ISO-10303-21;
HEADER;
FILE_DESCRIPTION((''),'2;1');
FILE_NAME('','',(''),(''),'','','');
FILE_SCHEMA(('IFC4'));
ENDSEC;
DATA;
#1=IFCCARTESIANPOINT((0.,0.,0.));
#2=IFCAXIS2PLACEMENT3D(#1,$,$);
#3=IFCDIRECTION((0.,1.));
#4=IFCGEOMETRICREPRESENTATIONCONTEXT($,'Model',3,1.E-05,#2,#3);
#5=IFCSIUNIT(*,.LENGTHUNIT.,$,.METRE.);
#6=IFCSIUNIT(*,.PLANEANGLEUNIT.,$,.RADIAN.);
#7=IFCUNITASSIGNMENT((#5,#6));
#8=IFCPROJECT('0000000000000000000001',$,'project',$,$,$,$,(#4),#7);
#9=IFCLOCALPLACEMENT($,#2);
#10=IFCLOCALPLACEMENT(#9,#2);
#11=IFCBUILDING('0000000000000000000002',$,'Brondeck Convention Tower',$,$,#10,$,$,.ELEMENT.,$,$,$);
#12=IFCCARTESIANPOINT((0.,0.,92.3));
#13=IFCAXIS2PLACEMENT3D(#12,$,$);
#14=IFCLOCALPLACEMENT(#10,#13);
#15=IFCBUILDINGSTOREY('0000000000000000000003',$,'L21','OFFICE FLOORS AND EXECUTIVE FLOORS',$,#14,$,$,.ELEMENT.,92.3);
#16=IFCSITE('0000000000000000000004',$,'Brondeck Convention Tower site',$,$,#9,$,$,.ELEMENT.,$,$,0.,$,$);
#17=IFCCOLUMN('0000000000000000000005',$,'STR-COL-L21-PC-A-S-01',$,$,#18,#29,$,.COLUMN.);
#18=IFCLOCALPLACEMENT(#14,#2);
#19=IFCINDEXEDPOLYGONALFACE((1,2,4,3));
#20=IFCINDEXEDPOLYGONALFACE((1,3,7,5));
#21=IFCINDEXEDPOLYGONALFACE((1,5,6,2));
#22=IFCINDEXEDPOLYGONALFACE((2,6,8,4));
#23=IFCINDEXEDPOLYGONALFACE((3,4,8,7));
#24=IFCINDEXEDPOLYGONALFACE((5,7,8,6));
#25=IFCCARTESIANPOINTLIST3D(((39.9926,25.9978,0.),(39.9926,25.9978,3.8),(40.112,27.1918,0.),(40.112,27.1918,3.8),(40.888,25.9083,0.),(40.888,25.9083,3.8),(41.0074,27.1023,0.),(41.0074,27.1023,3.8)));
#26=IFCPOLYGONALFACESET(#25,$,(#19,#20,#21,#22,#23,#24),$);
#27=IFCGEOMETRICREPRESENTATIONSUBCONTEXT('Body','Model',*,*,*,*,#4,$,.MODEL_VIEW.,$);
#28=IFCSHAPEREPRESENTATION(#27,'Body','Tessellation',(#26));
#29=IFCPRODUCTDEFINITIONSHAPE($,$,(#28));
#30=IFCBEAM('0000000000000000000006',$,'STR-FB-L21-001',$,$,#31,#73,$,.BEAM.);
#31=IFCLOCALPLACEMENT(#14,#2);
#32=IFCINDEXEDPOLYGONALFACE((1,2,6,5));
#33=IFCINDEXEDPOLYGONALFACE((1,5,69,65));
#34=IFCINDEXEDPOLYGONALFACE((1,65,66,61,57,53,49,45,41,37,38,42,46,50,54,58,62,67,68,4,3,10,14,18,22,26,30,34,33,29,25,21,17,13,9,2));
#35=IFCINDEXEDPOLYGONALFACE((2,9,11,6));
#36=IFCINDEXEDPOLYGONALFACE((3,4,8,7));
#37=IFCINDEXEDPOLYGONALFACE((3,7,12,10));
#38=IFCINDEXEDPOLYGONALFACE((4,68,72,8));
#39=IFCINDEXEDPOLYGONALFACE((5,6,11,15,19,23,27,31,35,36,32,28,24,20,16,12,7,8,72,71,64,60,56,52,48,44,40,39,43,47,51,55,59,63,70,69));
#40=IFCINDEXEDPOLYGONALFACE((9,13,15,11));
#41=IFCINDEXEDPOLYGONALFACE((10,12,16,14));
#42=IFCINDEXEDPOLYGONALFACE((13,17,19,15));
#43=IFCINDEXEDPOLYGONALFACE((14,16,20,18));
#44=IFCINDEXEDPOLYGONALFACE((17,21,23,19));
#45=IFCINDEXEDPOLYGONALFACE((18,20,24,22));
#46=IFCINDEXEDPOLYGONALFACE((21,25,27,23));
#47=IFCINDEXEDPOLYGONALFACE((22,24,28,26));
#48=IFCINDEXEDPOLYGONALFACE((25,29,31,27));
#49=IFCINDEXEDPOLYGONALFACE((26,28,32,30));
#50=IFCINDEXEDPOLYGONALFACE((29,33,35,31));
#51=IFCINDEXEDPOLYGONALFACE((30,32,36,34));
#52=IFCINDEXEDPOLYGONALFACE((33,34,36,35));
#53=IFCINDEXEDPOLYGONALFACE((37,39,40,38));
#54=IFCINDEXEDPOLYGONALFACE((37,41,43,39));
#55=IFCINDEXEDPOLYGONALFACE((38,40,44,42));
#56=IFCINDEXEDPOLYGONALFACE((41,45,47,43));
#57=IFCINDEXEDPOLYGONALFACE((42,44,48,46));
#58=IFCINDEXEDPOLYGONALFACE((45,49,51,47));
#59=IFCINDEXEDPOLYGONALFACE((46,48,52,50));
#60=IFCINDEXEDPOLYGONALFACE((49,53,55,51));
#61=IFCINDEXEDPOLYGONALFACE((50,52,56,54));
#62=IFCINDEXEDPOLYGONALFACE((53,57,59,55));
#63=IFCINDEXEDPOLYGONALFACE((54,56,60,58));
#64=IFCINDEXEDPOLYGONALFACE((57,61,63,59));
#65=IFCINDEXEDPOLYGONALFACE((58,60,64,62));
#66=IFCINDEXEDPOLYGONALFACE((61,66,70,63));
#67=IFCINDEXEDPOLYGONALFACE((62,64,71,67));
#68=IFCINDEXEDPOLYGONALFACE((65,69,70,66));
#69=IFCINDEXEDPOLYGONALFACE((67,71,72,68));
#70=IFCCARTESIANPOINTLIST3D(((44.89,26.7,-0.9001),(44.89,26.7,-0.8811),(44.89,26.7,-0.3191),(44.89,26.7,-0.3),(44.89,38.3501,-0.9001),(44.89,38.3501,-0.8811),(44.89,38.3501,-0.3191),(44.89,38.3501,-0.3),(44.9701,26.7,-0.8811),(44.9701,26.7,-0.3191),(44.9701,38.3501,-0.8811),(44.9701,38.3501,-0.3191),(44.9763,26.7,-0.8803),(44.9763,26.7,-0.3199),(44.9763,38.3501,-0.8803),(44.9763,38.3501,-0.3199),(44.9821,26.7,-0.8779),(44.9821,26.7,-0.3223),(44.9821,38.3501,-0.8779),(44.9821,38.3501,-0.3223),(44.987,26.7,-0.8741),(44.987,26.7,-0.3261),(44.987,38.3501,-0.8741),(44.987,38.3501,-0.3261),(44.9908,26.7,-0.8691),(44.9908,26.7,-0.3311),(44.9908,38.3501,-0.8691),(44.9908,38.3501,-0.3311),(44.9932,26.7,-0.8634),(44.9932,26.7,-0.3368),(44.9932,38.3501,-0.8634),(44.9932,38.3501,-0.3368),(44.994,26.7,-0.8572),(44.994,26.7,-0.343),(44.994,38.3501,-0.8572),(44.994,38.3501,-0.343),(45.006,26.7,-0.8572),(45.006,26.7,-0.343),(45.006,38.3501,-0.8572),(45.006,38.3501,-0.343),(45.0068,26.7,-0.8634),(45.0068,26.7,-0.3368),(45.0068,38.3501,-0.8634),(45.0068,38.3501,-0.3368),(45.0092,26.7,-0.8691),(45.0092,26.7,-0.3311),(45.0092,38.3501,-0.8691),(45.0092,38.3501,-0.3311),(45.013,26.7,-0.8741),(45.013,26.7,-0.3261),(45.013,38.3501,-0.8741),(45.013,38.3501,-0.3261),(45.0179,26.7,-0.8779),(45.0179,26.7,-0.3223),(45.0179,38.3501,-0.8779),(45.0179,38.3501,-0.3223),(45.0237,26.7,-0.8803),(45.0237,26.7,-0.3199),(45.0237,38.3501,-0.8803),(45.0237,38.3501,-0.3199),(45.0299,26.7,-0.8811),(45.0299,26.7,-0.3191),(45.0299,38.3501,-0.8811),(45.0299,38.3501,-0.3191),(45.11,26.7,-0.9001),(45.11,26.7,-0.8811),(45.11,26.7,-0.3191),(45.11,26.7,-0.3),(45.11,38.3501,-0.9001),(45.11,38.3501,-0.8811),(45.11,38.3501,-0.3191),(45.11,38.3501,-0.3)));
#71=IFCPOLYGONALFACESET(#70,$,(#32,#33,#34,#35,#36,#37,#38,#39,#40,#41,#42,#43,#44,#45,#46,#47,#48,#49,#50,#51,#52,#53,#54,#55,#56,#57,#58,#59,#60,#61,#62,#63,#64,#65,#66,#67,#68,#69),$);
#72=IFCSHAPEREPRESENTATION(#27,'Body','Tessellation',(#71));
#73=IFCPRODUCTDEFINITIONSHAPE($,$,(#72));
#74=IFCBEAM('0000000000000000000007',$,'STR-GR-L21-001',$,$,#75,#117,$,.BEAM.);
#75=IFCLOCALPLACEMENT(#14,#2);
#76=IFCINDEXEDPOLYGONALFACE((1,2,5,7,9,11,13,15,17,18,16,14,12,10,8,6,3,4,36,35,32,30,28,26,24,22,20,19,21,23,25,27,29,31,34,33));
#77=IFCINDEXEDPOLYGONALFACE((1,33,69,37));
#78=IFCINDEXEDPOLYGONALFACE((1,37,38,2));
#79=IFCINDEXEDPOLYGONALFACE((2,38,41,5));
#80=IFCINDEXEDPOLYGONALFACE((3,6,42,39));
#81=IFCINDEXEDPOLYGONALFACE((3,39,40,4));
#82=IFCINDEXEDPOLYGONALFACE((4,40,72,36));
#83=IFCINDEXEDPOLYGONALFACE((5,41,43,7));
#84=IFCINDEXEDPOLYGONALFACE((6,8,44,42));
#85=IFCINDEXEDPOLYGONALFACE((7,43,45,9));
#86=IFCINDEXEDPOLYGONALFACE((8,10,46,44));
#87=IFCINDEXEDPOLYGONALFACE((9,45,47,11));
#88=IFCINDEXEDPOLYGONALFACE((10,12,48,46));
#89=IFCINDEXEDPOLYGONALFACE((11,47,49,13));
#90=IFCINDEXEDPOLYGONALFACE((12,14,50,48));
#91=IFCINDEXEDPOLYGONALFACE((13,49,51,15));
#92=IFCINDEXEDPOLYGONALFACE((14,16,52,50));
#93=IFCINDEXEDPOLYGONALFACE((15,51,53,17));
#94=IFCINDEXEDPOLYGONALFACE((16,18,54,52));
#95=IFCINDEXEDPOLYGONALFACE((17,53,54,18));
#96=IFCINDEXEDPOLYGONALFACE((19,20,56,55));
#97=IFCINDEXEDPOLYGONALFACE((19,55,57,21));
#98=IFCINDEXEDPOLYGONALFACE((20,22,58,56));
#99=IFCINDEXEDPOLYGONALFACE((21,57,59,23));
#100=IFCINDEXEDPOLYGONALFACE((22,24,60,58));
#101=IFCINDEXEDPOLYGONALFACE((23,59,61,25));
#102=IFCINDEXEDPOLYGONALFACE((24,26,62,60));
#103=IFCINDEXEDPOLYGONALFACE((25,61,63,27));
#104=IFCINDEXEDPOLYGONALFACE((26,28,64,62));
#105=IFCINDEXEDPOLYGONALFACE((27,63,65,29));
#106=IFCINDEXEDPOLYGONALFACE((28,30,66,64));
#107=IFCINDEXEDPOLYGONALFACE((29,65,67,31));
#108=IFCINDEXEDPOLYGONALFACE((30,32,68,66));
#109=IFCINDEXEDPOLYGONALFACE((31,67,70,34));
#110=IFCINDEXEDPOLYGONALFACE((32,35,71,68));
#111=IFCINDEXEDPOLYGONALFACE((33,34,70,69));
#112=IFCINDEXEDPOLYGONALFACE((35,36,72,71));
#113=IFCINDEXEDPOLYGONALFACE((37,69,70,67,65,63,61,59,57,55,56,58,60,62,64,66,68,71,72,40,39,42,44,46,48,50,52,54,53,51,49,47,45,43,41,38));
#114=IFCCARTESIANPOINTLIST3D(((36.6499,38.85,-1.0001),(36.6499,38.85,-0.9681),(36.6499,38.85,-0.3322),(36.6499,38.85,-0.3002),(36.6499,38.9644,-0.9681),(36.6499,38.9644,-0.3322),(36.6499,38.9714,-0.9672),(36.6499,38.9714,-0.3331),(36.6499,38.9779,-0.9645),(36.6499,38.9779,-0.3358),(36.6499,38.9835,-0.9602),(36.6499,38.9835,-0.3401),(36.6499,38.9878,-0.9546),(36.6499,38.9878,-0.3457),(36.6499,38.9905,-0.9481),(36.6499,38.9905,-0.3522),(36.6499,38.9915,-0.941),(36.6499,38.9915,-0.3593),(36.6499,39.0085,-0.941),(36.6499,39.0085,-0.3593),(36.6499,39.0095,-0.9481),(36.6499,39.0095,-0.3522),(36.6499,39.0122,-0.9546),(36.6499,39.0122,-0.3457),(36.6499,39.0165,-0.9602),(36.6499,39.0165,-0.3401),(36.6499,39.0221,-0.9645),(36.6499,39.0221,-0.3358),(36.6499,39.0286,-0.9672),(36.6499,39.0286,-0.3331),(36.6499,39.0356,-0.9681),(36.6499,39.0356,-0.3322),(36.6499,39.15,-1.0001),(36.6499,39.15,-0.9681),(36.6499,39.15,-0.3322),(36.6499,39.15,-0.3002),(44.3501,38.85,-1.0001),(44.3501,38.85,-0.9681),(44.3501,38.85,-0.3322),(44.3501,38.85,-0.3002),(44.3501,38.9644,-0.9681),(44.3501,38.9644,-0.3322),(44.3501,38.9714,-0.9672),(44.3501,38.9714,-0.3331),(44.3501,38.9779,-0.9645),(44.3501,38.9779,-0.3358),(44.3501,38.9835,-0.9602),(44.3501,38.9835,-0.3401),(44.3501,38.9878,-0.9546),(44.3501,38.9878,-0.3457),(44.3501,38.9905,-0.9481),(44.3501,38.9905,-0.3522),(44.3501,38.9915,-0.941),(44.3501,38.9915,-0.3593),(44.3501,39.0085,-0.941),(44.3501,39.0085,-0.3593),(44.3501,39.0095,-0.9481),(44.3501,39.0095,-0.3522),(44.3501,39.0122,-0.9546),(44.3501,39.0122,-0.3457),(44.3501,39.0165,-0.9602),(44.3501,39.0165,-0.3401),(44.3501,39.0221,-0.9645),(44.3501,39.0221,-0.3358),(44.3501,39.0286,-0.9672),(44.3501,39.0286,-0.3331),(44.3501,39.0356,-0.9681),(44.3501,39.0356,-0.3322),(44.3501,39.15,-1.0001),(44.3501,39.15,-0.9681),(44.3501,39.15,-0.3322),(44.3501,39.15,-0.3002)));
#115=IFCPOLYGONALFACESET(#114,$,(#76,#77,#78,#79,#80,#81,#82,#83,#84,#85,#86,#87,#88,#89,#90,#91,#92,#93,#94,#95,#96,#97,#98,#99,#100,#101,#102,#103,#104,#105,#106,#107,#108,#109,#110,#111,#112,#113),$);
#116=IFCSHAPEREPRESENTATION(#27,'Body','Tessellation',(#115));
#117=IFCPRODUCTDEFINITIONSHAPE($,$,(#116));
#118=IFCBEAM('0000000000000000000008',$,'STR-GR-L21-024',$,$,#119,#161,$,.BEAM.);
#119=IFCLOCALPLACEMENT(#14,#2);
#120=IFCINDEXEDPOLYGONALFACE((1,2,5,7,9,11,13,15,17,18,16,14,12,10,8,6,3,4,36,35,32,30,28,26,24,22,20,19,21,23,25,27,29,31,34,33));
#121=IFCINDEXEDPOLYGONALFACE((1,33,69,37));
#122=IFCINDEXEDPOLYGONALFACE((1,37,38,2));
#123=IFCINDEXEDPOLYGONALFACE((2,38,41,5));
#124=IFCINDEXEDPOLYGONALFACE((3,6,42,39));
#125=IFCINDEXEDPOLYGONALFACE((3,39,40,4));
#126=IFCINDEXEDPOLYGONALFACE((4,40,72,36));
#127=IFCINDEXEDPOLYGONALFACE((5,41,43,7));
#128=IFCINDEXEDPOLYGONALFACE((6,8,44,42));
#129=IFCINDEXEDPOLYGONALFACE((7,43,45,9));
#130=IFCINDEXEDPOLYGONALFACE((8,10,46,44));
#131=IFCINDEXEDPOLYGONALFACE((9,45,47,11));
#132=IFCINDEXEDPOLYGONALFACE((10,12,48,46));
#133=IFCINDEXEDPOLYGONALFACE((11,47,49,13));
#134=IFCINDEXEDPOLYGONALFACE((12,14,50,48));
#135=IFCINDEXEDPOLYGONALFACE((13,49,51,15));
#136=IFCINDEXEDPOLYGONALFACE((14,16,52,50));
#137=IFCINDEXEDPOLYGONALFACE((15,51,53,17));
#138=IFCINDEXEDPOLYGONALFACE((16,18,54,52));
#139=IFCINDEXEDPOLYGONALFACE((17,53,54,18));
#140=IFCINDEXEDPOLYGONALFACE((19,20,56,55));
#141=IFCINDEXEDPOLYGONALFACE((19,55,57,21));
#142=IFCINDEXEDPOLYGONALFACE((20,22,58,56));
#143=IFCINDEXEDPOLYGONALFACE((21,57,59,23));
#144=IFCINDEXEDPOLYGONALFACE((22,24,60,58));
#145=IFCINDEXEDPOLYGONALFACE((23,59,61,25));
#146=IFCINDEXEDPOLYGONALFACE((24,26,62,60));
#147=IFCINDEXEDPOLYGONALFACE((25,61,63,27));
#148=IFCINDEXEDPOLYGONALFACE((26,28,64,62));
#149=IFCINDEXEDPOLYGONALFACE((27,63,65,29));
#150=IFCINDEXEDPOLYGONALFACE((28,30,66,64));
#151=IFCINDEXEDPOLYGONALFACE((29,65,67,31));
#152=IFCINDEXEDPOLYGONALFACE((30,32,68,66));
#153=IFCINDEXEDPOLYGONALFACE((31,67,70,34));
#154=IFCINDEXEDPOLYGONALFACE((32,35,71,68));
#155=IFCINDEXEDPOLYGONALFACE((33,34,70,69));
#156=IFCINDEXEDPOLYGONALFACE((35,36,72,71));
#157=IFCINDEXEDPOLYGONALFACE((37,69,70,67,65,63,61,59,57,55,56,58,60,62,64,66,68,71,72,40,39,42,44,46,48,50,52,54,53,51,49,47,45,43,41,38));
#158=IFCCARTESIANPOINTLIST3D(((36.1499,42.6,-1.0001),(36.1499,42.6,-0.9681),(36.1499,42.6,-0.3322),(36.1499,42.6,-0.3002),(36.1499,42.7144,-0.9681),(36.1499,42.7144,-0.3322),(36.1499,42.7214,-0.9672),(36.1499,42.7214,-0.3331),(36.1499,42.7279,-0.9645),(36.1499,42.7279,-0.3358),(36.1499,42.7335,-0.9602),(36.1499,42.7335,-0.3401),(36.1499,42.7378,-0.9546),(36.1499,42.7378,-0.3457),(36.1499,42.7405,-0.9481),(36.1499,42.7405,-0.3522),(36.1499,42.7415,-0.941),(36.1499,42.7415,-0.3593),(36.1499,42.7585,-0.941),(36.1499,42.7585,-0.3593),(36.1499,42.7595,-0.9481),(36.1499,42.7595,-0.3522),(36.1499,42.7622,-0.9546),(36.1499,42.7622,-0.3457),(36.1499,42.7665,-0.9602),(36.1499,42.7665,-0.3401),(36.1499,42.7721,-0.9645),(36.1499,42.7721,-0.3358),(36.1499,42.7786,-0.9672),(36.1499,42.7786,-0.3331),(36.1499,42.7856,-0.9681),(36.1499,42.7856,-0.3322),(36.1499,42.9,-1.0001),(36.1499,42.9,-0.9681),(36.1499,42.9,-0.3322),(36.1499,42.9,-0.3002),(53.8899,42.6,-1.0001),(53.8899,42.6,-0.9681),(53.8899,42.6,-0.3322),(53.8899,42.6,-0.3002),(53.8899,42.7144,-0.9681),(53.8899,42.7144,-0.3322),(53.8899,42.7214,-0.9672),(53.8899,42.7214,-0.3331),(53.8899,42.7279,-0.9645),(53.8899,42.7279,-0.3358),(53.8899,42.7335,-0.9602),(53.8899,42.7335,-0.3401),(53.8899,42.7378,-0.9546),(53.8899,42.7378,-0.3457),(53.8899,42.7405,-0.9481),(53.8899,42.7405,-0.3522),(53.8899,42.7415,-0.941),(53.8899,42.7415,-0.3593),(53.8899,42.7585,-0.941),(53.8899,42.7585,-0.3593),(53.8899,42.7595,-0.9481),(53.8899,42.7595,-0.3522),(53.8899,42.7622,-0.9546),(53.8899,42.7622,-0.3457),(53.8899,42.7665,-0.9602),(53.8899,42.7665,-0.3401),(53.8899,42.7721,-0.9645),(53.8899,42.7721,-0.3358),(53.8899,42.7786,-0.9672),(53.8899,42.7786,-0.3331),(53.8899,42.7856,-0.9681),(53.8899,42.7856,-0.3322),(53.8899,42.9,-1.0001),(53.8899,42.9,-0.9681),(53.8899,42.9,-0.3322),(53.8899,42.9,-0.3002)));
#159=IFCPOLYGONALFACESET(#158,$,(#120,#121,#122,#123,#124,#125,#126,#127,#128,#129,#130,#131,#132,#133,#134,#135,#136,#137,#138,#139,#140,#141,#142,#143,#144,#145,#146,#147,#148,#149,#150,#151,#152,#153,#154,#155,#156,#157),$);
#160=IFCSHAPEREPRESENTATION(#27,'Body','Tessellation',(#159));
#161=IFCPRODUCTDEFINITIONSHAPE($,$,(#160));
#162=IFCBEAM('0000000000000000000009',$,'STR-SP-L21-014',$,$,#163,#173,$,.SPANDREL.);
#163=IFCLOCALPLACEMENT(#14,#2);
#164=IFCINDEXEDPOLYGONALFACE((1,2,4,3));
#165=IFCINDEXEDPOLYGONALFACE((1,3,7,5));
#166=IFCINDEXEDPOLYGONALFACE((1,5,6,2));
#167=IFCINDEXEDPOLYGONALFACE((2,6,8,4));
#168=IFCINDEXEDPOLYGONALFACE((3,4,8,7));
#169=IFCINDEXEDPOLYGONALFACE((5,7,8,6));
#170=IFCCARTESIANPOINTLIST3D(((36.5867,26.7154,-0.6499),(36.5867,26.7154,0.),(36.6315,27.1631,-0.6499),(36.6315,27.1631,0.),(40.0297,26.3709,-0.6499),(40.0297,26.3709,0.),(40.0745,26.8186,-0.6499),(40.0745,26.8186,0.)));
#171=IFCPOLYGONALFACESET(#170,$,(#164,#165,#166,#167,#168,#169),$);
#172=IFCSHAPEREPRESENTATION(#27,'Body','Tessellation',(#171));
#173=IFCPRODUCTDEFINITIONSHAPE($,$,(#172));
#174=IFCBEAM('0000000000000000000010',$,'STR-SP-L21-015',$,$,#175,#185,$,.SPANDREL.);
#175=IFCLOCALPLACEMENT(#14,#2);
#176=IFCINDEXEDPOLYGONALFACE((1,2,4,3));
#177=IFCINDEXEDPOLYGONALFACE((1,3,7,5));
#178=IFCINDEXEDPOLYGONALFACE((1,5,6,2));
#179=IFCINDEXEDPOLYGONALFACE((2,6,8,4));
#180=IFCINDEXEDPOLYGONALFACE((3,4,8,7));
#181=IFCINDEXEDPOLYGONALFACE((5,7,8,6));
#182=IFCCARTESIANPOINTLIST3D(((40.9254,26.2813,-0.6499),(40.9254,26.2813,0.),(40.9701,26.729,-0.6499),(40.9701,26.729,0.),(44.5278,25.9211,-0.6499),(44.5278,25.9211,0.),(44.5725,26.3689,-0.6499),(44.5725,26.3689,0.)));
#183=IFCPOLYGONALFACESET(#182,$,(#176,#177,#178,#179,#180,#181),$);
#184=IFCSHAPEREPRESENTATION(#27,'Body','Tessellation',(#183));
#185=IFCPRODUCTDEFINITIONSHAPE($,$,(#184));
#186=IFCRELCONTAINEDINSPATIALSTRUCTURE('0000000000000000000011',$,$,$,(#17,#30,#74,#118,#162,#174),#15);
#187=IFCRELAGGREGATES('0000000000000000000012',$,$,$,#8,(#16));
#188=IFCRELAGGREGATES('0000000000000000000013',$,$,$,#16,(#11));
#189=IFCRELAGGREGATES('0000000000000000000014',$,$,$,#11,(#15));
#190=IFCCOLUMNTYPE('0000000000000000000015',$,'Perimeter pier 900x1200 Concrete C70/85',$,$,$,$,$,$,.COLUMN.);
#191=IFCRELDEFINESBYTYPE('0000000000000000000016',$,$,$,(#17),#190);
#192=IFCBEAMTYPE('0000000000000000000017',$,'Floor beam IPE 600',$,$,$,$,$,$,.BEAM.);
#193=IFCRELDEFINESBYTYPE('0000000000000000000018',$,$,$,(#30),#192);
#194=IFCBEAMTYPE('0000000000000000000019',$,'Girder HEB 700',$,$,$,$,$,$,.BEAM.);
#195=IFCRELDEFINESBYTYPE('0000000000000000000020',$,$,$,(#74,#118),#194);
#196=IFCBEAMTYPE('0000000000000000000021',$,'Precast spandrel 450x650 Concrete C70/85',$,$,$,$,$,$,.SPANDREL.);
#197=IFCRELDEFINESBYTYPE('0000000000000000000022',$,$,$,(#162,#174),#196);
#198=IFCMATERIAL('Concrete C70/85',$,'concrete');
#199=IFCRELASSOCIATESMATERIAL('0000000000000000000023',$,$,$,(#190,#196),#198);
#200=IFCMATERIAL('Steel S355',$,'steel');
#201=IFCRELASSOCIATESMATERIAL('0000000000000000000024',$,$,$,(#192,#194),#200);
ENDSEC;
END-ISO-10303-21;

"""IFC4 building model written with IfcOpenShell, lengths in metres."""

from ifc_helpers import new_model, si_unit, direction, frame, origin, origin_2d, place, context, subcontext, project, spatial, rectangle, i_section, extrude, material, material_profile, profile_set, type_object, element, save


model = new_model("IFC4")

# Units and contexts
model_context = context("Model", 3, precision=1e-05, world=origin(), true_north=direction((0.0, 1.0)))
body_context = subcontext(model_context, "Body", "Model", "MODEL_VIEW")
ifc_project = project(units=[si_unit("LENGTHUNIT", "METRE"), si_unit("PLANEANGLEUNIT", "RADIAN")], contexts=[model_context])

# Site, building, storey
site_placement = place(None, origin())
site = spatial("IfcSite", under=ifc_project, at=site_placement, Name="Brondeck Convention Tower site", CompositionType="ELEMENT", RefElevation=0.0)
building_placement = place(site_placement, origin())
building = spatial("IfcBuilding", under=site, at=building_placement, Name="Brondeck Convention Tower", CompositionType="ELEMENT")
storey_placement = place(building_placement, frame((0.0, 0.0, 92.3)))
storey = spatial("IfcBuildingStorey", under=building, at=storey_placement, Name="L21", Description="OFFICE FLOORS AND EXECUTIVE FLOORS", CompositionType="ELEMENT", Elevation=92.3)

# Column
ifc_material_1 = material(Name="Concrete C70/85", Category="concrete")
ifc_material_profile_1 = material_profile(ifc_material_1, rectangle(XDim=0.8999, YDim=1.2, at=origin_2d()), Name="Perimeter pier 900x1200 Concrete C70/85")
ifc_profile_set_1 = profile_set([ifc_material_profile_1], Name="Concrete C70/85")
column_type = type_object("IfcColumnType", Name="Perimeter pier 900x1200 Concrete C70/85", PredefinedType="COLUMN", material=ifc_profile_set_1)
column_placement = place(storey_placement, frame((40.5, 26.55, 0.0), z_axis=(0.0, 0.0, 1.0), x_axis=(0.995037, -0.099504, 0.0)))
element("IfcColumn", 1, at=column_placement, inside=storey, type_object=column_type, Name="STR-COL-L21-PC-A-S-01", PredefinedType="COLUMN", context=body_context, shape_type="SweptSolid", body=[
    extrude(rectangle(XDim=0.8999, YDim=1.2, at=origin_2d()), origin(), (0.0, 0.0, 1.0), 3.8),
])

# Beams
ifc_material_2 = material(Name="Steel S355", Category="steel")
ifc_material_profile_2 = material_profile(ifc_material_2, i_section(OverallWidth=0.22, OverallDepth=0.6001, WebThickness=0.012, FlangeThickness=0.019, FilletRadius=0.0239, at=origin_2d()), Name="IPE 600")
ifc_profile_set_2 = profile_set([ifc_material_profile_2], Name="Steel S355")
beam_type_1 = type_object("IfcBeamType", Name="Floor beam IPE 600", PredefinedType="BEAM", material=ifc_profile_set_2)
beam_1_placement = place(storey_placement, frame((45.0, 26.7, -0.6001), z_axis=(0.0, 1.0, 0.0), x_axis=(-1.0, 0.0, 0.0)))
element("IfcBeam", 2, at=beam_1_placement, inside=storey, type_object=beam_type_1, Name="STR-FB-L21-001", PredefinedType="BEAM", context=body_context, shape_type="SweptSolid", body=[
    extrude(i_section(OverallWidth=0.22, OverallDepth=0.6001, WebThickness=0.012, FlangeThickness=0.019, FilletRadius=0.0239, at=origin_2d()), origin(), (0.0, 0.0, 1.0), 11.6501),
])
ifc_material_profile_3 = material_profile(ifc_material_2, i_section(OverallWidth=0.3, OverallDepth=0.7, WebThickness=0.0171, FlangeThickness=0.032, FilletRadius=0.0271, at=origin_2d()), Name="HEB 700")
ifc_profile_set_3 = profile_set([ifc_material_profile_3], Name="Steel S355")
beam_type_2 = type_object("IfcBeamType", Name="Girder HEB 700", PredefinedType="BEAM", material=ifc_profile_set_3)
beam_2_placement = place(storey_placement, frame((36.6499, 39.0, -0.6501), z_axis=(1.0, 0.0, 0.0), x_axis=(0.0, 1.0, 0.0)))
element("IfcBeam", 3, at=beam_2_placement, inside=storey, type_object=beam_type_2, Name="STR-GR-L21-001", PredefinedType="BEAM", context=body_context, shape_type="SweptSolid", body=[
    extrude(i_section(OverallWidth=0.3, OverallDepth=0.7, WebThickness=0.0171, FlangeThickness=0.032, FilletRadius=0.0271, at=origin_2d()), origin(), (0.0, 0.0, 1.0), 7.7002),
])
beam_3_placement = place(storey_placement, frame((36.1499, 42.75, -0.6501), z_axis=(1.0, 0.0, 0.0), x_axis=(0.0, 1.0, 0.0)))
element("IfcBeam", 4, at=beam_3_placement, inside=storey, type_object=beam_type_2, Name="STR-GR-L21-024", PredefinedType="BEAM", context=body_context, shape_type="SweptSolid", body=[
    extrude(i_section(OverallWidth=0.3, OverallDepth=0.7, WebThickness=0.0171, FlangeThickness=0.032, FilletRadius=0.0271, at=origin_2d()), origin(), (0.0, 0.0, 1.0), 17.74),
])
ifc_material_profile_4 = material_profile(ifc_material_1, rectangle(XDim=0.45, YDim=0.6499, at=origin_2d()), Name="Precast spandrel 450x650 Concrete C70/85")
ifc_profile_set_4 = profile_set([ifc_material_profile_4], Name="Concrete C70/85")
beam_type_3 = type_object("IfcBeamType", Name="Precast spandrel 450x650 Concrete C70/85", PredefinedType="SPANDREL", material=ifc_profile_set_4)
beam_4_placement = place(storey_placement, frame((36.6091, 26.9392, -0.325), z_axis=(0.995032, -0.099553, 0.0), x_axis=(0.099553, 0.995032, 0.0)))
element("IfcBeam", 5, at=beam_4_placement, inside=storey, type_object=beam_type_3, Name="STR-SP-L21-014", PredefinedType="SPANDREL", context=body_context, shape_type="SweptSolid", body=[
    extrude(rectangle(XDim=0.45, YDim=0.6499, at=origin_2d()), origin(), (0.0, 0.0, 1.0), 3.4602),
])
beam_5_placement = place(storey_placement, frame((40.9478, 26.5051, -0.325), z_axis=(0.995041, -0.09947, 0.0), x_axis=(0.09947, 0.995041, 0.0)))
element("IfcBeam", 6, at=beam_5_placement, inside=storey, type_object=beam_type_3, Name="STR-SP-L21-015", PredefinedType="SPANDREL", context=body_context, shape_type="SweptSolid", body=[
    extrude(rectangle(XDim=0.45, YDim=0.6499, at=origin_2d()), origin(), (0.0, 0.0, 1.0), 3.6204),
])

save(model, "model.ifc")
